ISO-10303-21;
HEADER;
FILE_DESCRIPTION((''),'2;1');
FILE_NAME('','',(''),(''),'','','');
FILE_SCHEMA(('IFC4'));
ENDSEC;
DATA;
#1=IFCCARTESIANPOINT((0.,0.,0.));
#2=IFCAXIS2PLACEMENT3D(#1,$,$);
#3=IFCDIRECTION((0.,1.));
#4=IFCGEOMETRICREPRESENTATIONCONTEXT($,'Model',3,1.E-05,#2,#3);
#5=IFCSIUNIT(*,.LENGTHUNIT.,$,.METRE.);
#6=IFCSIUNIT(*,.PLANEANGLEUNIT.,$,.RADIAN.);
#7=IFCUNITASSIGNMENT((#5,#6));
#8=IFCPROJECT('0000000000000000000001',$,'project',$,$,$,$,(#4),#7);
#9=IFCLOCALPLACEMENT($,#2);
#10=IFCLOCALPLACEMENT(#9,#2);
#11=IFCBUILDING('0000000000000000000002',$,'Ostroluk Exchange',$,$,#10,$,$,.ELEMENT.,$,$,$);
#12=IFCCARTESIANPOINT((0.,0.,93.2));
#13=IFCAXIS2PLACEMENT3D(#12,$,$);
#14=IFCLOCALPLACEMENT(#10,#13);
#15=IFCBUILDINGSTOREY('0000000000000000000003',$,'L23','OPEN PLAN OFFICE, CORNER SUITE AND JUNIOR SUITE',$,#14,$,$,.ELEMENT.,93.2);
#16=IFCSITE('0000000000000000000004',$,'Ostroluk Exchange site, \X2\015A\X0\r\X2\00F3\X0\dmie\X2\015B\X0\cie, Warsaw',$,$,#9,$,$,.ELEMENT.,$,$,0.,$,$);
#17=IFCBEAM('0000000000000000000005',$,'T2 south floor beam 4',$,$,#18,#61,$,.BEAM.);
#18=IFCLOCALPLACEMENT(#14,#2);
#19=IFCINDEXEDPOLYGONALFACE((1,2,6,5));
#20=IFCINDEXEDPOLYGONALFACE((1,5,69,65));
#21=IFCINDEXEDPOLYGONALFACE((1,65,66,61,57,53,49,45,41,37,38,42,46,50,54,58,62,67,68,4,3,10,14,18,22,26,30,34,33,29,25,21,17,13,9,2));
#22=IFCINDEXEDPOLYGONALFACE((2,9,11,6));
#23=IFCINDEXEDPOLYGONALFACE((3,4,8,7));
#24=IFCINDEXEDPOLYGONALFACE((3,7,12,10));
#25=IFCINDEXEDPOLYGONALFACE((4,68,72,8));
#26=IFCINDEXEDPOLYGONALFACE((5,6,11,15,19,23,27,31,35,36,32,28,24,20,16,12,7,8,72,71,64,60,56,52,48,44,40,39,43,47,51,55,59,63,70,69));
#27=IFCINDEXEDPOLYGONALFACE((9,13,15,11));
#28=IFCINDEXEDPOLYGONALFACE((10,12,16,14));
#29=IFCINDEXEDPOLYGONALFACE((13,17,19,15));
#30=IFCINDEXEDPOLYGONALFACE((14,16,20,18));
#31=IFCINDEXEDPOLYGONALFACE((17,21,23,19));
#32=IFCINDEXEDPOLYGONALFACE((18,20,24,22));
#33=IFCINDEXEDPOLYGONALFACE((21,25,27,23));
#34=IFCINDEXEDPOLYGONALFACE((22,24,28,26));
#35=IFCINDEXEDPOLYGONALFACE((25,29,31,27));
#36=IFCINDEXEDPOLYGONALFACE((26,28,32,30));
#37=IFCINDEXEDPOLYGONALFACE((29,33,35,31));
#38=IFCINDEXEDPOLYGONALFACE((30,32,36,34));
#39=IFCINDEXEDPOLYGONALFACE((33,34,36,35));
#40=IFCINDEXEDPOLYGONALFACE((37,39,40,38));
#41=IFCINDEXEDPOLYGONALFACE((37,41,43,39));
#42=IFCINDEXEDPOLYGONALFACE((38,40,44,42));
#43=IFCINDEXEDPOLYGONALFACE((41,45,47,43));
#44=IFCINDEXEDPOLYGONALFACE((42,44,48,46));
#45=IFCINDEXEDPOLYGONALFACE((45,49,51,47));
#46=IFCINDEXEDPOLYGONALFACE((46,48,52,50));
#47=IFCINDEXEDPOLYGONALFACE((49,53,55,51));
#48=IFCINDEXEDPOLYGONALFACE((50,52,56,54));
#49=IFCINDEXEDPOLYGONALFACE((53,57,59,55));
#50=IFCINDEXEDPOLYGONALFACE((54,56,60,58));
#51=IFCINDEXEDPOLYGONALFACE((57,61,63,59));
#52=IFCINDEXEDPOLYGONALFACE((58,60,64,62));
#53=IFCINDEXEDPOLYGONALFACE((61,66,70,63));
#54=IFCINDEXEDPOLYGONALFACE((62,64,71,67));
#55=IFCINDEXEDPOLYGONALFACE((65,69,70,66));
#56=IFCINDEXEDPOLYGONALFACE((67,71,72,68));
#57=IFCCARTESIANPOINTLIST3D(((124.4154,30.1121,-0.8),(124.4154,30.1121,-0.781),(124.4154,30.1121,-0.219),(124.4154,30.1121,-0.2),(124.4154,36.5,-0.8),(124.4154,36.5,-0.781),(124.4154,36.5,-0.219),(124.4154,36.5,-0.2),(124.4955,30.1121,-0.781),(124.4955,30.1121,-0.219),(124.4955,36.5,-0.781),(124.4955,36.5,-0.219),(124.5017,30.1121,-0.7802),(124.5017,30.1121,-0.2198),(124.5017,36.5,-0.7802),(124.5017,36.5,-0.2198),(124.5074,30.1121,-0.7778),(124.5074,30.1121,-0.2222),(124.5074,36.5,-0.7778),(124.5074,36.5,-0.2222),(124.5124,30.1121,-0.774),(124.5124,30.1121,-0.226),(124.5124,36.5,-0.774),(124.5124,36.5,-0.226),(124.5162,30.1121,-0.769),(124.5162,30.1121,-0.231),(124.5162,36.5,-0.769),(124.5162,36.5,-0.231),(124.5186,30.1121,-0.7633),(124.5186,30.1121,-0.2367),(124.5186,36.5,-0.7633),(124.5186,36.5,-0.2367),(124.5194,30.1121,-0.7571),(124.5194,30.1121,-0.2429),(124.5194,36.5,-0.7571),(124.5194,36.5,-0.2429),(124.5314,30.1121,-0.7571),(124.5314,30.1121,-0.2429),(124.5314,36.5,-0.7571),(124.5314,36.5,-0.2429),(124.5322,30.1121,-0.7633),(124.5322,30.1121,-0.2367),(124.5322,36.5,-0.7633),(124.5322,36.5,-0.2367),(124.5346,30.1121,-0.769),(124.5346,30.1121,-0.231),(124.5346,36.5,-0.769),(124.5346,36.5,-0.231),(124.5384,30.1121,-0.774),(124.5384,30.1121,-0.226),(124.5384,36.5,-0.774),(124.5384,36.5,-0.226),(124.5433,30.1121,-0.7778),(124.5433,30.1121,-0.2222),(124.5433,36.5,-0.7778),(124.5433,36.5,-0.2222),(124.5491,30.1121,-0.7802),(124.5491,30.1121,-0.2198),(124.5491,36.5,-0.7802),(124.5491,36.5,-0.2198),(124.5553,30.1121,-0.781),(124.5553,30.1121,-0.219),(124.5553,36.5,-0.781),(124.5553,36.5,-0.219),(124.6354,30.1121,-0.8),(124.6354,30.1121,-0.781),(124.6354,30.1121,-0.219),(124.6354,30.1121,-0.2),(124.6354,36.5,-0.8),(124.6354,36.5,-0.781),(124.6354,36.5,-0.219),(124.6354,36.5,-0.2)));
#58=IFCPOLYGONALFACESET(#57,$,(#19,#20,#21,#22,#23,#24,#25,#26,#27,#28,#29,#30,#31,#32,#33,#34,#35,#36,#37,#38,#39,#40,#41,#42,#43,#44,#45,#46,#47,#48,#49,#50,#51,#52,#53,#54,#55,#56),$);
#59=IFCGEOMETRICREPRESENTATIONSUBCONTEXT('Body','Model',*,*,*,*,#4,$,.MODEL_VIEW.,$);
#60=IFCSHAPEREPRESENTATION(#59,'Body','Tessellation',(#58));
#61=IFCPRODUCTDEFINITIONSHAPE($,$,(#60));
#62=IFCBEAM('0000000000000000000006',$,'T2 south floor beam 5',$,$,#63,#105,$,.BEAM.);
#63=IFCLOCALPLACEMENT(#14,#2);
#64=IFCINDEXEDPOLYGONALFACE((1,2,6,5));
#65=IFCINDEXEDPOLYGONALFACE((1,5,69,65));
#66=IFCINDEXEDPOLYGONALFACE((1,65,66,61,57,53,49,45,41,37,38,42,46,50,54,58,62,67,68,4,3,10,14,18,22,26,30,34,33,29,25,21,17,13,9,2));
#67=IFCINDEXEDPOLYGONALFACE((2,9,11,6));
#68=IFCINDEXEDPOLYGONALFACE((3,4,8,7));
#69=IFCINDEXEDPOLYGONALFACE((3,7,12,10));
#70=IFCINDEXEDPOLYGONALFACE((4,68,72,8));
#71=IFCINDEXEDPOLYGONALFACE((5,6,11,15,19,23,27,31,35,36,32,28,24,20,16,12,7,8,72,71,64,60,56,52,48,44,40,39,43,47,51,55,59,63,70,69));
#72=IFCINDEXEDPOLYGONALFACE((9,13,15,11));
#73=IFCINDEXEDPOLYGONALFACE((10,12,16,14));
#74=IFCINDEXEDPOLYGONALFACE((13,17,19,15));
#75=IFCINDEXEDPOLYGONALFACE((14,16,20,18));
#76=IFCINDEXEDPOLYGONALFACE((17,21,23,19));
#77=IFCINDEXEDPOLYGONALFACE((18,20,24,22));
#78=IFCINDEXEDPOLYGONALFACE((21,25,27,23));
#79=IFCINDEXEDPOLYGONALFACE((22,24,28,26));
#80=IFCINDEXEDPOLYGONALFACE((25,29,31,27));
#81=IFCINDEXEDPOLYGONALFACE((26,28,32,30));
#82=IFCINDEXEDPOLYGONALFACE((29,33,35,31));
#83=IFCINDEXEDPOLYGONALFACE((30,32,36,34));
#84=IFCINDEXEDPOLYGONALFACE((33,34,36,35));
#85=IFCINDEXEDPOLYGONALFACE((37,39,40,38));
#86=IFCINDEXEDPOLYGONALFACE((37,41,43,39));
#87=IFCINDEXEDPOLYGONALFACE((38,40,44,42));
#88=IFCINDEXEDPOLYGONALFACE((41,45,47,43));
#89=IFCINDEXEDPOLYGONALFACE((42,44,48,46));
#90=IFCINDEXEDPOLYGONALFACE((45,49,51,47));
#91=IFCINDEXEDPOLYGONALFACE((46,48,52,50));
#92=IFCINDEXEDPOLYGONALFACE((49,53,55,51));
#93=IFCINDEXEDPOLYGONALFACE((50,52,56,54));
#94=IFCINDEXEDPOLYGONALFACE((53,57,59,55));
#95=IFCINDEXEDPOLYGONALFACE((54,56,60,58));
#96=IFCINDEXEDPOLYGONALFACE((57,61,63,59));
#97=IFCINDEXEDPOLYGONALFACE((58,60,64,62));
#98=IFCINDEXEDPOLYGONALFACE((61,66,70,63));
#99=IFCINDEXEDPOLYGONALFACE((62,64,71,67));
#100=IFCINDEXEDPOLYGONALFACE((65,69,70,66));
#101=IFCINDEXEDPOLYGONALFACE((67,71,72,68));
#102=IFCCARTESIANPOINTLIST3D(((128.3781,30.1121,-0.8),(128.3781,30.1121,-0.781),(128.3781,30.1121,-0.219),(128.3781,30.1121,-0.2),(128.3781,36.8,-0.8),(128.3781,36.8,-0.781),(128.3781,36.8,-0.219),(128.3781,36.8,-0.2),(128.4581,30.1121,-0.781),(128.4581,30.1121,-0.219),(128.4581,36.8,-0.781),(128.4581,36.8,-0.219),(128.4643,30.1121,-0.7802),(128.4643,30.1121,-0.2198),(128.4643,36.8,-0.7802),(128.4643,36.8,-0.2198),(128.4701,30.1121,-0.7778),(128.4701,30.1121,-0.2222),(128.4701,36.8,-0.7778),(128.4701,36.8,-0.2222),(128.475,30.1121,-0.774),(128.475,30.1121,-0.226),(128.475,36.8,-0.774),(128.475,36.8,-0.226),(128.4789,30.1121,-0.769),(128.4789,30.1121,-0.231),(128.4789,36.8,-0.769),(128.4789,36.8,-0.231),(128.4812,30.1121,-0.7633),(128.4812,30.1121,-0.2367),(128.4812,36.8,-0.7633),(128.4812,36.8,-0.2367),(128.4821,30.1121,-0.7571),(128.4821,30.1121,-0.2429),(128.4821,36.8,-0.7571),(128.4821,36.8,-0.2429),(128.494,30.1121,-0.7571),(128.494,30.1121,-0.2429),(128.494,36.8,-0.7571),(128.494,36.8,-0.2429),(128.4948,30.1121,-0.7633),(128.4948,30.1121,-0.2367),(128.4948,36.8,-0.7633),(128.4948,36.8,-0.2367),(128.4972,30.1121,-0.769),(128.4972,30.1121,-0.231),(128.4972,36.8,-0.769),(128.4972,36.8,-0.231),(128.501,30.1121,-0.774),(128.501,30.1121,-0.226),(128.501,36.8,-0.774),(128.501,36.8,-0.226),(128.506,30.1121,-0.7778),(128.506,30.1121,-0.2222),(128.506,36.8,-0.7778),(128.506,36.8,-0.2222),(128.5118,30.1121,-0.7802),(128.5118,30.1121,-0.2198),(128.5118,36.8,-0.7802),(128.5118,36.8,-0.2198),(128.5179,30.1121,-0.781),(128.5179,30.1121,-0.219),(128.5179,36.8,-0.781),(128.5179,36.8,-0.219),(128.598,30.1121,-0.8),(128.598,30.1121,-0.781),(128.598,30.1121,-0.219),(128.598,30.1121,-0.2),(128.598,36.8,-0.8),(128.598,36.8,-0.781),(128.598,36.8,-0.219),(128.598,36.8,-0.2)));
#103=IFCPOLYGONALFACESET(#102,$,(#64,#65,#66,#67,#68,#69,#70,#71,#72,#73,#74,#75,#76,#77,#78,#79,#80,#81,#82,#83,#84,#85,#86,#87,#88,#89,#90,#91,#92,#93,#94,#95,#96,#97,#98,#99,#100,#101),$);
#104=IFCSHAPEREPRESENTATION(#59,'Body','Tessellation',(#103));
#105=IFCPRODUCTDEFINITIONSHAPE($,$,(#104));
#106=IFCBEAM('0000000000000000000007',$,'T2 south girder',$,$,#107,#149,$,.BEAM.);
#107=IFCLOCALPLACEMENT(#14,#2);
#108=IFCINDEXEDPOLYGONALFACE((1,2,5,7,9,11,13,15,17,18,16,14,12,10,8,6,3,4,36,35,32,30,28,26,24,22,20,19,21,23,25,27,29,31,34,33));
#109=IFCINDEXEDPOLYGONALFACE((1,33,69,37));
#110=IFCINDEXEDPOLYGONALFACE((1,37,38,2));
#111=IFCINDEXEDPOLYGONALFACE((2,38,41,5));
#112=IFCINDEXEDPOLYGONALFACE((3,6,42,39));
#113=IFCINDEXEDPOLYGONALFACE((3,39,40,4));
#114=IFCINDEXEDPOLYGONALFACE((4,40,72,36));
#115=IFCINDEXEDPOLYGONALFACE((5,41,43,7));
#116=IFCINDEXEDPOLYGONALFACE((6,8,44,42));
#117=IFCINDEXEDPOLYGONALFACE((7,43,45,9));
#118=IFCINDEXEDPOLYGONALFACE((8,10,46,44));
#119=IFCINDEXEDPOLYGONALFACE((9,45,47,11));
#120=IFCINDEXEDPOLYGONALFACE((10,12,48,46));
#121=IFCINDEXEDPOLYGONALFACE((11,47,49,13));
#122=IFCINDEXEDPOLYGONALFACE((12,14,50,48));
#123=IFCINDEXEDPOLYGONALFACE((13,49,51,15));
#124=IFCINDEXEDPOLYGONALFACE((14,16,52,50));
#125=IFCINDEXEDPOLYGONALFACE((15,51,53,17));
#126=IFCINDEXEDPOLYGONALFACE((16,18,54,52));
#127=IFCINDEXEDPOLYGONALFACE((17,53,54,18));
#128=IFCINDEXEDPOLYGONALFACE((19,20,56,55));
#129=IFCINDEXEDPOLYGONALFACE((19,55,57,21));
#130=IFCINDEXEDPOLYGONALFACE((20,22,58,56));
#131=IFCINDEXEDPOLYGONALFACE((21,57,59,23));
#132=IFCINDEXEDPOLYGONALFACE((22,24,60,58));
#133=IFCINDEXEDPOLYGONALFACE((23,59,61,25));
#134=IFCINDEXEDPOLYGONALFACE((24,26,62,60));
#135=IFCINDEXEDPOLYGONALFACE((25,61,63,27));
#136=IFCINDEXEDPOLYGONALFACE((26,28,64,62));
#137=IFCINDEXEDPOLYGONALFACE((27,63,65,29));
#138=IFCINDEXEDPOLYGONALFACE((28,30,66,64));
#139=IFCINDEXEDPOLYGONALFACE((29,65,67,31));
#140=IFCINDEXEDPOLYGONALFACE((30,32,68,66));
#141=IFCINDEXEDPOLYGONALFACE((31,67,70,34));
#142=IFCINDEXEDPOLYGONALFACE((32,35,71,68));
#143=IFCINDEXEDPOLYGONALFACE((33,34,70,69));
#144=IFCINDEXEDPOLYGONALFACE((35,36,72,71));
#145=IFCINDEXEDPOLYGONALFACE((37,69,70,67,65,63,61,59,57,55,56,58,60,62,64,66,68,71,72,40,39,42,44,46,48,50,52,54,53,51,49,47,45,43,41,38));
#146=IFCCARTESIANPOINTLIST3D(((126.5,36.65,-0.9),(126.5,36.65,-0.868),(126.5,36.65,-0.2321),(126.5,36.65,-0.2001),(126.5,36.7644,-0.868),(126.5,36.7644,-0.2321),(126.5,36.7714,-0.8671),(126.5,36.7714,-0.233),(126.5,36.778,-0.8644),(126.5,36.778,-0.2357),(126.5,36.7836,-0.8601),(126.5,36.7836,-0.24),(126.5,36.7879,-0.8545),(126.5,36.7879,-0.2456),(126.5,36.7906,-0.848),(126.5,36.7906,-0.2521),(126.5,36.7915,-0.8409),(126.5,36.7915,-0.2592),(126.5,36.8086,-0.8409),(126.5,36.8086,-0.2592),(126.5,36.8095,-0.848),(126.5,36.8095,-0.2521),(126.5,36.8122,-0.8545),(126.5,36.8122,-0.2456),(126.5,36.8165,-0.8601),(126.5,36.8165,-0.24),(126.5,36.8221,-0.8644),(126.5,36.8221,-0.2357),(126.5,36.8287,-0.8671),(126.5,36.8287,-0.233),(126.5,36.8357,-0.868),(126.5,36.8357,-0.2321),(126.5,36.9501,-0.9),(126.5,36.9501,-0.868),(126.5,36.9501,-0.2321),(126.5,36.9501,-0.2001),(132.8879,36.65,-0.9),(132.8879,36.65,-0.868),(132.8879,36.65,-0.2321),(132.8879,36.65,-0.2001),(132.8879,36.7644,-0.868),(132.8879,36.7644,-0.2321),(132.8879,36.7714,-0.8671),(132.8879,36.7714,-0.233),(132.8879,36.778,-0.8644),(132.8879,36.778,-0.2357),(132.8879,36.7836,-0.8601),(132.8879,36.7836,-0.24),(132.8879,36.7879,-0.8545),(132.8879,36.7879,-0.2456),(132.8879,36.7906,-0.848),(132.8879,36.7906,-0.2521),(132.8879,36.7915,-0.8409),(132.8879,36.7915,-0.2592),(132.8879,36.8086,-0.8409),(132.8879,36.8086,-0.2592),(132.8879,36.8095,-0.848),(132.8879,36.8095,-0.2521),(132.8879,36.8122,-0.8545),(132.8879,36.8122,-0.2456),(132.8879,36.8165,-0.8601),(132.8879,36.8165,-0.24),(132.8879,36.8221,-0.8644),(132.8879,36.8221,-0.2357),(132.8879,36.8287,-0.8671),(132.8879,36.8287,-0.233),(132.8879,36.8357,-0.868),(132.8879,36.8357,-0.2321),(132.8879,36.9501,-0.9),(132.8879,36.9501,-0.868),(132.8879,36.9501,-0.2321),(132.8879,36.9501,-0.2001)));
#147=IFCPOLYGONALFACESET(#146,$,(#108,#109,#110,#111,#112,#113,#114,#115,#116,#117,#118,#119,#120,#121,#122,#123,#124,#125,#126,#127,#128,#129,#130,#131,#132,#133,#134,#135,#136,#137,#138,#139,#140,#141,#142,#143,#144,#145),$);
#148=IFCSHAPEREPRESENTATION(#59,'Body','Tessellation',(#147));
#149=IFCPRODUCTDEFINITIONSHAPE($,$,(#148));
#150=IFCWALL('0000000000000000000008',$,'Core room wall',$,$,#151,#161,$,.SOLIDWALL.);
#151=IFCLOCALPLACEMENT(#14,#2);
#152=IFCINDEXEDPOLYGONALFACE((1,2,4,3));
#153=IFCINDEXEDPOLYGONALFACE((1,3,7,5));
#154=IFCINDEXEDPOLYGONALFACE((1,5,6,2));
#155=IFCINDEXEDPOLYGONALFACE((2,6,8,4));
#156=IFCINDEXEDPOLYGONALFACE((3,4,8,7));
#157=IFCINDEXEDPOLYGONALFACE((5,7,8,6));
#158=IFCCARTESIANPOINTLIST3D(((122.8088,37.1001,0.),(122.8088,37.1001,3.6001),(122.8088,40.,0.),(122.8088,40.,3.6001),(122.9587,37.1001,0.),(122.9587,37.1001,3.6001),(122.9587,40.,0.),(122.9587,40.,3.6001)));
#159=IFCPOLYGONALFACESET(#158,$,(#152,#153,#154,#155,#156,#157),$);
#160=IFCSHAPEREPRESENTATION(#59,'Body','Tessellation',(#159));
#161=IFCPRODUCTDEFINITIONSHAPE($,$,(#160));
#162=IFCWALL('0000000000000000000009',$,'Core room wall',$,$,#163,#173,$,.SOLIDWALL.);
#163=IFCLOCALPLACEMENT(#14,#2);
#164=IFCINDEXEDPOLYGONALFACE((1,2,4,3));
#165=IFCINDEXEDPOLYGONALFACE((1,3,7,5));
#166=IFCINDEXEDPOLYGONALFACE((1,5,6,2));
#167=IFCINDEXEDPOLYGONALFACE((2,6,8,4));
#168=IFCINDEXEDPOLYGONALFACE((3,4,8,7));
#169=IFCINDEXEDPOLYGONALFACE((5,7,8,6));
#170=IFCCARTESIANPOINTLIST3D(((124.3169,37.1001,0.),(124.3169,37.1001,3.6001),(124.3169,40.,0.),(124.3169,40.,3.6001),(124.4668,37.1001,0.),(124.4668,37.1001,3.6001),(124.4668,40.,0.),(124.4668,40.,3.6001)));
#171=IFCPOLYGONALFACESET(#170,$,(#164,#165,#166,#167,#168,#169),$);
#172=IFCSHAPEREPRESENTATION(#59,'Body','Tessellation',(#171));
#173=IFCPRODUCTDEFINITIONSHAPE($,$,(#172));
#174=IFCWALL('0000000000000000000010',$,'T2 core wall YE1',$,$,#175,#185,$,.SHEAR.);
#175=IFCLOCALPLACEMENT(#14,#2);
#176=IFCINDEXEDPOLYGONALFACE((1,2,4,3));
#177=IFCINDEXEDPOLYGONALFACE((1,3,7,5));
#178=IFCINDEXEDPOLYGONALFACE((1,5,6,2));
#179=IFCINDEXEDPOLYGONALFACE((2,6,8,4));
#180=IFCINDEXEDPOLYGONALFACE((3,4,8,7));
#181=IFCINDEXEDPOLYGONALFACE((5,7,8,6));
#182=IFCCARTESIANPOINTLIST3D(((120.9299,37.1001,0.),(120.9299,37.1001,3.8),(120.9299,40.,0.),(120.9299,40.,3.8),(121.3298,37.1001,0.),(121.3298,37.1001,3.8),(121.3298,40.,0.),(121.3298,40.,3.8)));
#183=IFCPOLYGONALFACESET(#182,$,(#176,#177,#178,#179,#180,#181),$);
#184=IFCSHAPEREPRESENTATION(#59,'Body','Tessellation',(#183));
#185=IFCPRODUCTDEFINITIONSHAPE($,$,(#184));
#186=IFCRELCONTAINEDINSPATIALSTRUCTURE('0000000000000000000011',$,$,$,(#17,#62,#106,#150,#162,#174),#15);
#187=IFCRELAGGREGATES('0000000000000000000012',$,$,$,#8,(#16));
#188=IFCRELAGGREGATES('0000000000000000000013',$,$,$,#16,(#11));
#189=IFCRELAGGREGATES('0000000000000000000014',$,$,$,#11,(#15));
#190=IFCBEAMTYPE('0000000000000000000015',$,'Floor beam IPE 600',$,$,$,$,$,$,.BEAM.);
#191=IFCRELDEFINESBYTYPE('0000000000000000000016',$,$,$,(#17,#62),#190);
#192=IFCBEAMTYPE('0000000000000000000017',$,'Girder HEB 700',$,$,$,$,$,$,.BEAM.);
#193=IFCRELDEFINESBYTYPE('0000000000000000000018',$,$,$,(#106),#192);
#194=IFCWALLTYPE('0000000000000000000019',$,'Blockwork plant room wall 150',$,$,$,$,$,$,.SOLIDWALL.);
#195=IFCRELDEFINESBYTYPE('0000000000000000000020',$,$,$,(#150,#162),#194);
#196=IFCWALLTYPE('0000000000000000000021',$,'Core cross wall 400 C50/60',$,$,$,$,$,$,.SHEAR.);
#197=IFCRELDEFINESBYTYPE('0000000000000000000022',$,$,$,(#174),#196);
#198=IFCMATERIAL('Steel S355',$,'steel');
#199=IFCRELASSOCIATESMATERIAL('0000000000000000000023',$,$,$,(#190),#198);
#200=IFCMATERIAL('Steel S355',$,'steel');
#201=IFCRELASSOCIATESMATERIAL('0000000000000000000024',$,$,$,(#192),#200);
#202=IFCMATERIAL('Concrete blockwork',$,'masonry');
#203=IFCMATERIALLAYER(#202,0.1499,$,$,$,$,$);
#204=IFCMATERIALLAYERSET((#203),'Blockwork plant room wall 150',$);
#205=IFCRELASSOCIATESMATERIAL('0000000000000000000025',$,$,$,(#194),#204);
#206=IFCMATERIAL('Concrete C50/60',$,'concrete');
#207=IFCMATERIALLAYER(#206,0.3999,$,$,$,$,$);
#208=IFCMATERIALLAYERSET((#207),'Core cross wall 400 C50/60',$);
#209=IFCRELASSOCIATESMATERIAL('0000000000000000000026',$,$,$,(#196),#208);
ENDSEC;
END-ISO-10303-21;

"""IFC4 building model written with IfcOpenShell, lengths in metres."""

from ifc_helpers import new_model, si_unit, direction, frame, frame_2d, origin, origin_2d, place, context, subcontext, project, spatial, rectangle, i_section, extrude, material, layer, layer_set, material_profile, profile_set, type_object, element, save


model = new_model("IFC4")

# Units and contexts
model_context = context("Model", 3, precision=1e-05, world=origin(), true_north=direction((0.0, 1.0)))
body_context = subcontext(model_context, "Body", "Model", "MODEL_VIEW")
ifc_project = project(units=[si_unit("LENGTHUNIT", "METRE"), si_unit("PLANEANGLEUNIT", "RADIAN")], contexts=[model_context])

# Site, building, storey
site_placement = place(None, origin())
site = spatial("IfcSite", under=ifc_project, at=site_placement, Name="Ostroluk Exchange site, Śródmieście, Warsaw", CompositionType="ELEMENT", RefElevation=0.0)
building_placement = place(site_placement, origin())
building = spatial("IfcBuilding", under=site, at=building_placement, Name="Ostroluk Exchange", CompositionType="ELEMENT")
storey_placement = place(building_placement, frame((0.0, 0.0, 93.2)))
storey = spatial("IfcBuildingStorey", under=building, at=storey_placement, Name="L23", Description="OPEN PLAN OFFICE, CORNER SUITE AND JUNIOR SUITE", CompositionType="ELEMENT", Elevation=93.2)

# Beams
ifc_material_1 = material(Name="Steel S355", Category="steel")
ifc_material_profile_1 = material_profile(ifc_material_1, i_section(OverallWidth=0.22, OverallDepth=0.6001, WebThickness=0.012, FlangeThickness=0.019, FilletRadius=0.0239, at=origin_2d()), Name="IPE 600")
ifc_profile_set_1 = profile_set([ifc_material_profile_1], Name="Steel S355")
beam_type_1 = type_object("IfcBeamType", Name="Floor beam IPE 600", PredefinedType="BEAM", material=ifc_profile_set_1)
for number, where, z_axis, x_axis, name in (
    (1, (124.5254, 36.5, -0.5), (0.0, -1.0, 0.0), (1.0, 0.0, 0.0), "T2 south floor beam 4"),
):
    element("IfcBeam", number, at=place(storey_placement, frame(where, z_axis=z_axis, x_axis=x_axis)), inside=storey, type_object=beam_type_1, Name=name, PredefinedType="BEAM", context=body_context, shape_type="SweptSolid", body=[
        extrude(i_section(OverallWidth=0.22, OverallDepth=0.6001, WebThickness=0.012, FlangeThickness=0.019, FilletRadius=0.0239, at=origin_2d()), origin(), (0.0, 0.0, 1.0), 6.3879),
    ])
beam_1_placement = place(storey_placement, frame((128.488, 36.8, -0.5), z_axis=(0.0, -1.0, 0.0), x_axis=(1.0, 0.0, 0.0)))
element("IfcBeam", 2, at=beam_1_placement, inside=storey, type_object=beam_type_1, Name="T2 south floor beam 5", PredefinedType="BEAM", context=body_context, shape_type="SweptSolid", body=[
    extrude(i_section(OverallWidth=0.22, OverallDepth=0.6001, WebThickness=0.012, FlangeThickness=0.019, FilletRadius=0.0239, at=origin_2d()), origin(), (0.0, 0.0, 1.0), 6.688),
])
ifc_material_2 = material(Name="Steel S355", Category="steel")
ifc_material_profile_2 = material_profile(ifc_material_2, i_section(OverallWidth=0.3, OverallDepth=0.7, WebThickness=0.0171, FlangeThickness=0.032, FilletRadius=0.0271, at=origin_2d()), Name="HEB 700")
ifc_profile_set_2 = profile_set([ifc_material_profile_2], Name="Steel S355")
beam_type_2 = type_object("IfcBeamType", Name="Girder HEB 700", PredefinedType="BEAM", material=ifc_profile_set_2)
beam_2_placement = place(storey_placement, frame((126.5, 36.8, -0.55), z_axis=(1.0, 0.0, 0.0), x_axis=(0.0, 1.0, 0.0)))
element("IfcBeam", 3, at=beam_2_placement, inside=storey, type_object=beam_type_2, Name="T2 south girder", PredefinedType="BEAM", context=body_context, shape_type="SweptSolid", body=[
    extrude(i_section(OverallWidth=0.3, OverallDepth=0.7, WebThickness=0.0171, FlangeThickness=0.032, FilletRadius=0.0271, at=origin_2d()), origin(), (0.0, 0.0, 1.0), 6.3879),
])

# Walls
ifc_material_3 = material(Name="Concrete blockwork", Category="masonry")
ifc_layer_1 = layer(ifc_material_3, 0.1499)
ifc_layer_set_1 = layer_set([ifc_layer_1], Name="Blockwork plant room wall 150")
wall_type_1 = type_object("IfcWallType", Name="Blockwork plant room wall 150", PredefinedType="SOLIDWALL", material=ifc_layer_set_1)
for number, where, z_axis, x_axis, name in (
    (4, (122.8838, 37.1001, 0.0), (0.0, 0.0, 1.0), (0.0, 1.0, 0.0), "Core room wall"),
    (5, (124.3918, 37.1001, 0.0), (0.0, 0.0, 1.0), (0.0, 1.0, 0.0), "Core room wall"),
):
    element("IfcWall", number, at=place(storey_placement, frame(where, z_axis=z_axis, x_axis=x_axis)), inside=storey, type_object=wall_type_1, Name=name, PredefinedType="SOLIDWALL", context=body_context, shape_type="SweptSolid", body=[
        extrude(rectangle(XDim=2.8999, YDim=0.1499, at=frame_2d((1.45, 0.0))), origin(), (0.0, 0.0, 1.0), 3.6001),
    ])
ifc_material_4 = material(Name="Concrete C50/60", Category="concrete")
ifc_layer_2 = layer(ifc_material_4, 0.3999)
ifc_layer_set_2 = layer_set([ifc_layer_2], Name="Core cross wall 400 C50/60")
wall_type_2 = type_object("IfcWallType", Name="Core cross wall 400 C50/60", PredefinedType="SHEAR", material=ifc_layer_set_2)
wall_1_placement = place(storey_placement, frame((121.1299, 37.1001, 0.0), z_axis=(0.0, 0.0, 1.0), x_axis=(0.0, 1.0, 0.0)))
element("IfcWall", 6, at=wall_1_placement, inside=storey, type_object=wall_type_2, Name="T2 core wall YE1", PredefinedType="SHEAR", context=body_context, shape_type="SweptSolid", body=[
    extrude(rectangle(XDim=2.8999, YDim=0.3999, at=frame_2d((1.45, 0.0))), origin(), (0.0, 0.0, 1.0), 3.8),
])

save(model, "model.ifc")
